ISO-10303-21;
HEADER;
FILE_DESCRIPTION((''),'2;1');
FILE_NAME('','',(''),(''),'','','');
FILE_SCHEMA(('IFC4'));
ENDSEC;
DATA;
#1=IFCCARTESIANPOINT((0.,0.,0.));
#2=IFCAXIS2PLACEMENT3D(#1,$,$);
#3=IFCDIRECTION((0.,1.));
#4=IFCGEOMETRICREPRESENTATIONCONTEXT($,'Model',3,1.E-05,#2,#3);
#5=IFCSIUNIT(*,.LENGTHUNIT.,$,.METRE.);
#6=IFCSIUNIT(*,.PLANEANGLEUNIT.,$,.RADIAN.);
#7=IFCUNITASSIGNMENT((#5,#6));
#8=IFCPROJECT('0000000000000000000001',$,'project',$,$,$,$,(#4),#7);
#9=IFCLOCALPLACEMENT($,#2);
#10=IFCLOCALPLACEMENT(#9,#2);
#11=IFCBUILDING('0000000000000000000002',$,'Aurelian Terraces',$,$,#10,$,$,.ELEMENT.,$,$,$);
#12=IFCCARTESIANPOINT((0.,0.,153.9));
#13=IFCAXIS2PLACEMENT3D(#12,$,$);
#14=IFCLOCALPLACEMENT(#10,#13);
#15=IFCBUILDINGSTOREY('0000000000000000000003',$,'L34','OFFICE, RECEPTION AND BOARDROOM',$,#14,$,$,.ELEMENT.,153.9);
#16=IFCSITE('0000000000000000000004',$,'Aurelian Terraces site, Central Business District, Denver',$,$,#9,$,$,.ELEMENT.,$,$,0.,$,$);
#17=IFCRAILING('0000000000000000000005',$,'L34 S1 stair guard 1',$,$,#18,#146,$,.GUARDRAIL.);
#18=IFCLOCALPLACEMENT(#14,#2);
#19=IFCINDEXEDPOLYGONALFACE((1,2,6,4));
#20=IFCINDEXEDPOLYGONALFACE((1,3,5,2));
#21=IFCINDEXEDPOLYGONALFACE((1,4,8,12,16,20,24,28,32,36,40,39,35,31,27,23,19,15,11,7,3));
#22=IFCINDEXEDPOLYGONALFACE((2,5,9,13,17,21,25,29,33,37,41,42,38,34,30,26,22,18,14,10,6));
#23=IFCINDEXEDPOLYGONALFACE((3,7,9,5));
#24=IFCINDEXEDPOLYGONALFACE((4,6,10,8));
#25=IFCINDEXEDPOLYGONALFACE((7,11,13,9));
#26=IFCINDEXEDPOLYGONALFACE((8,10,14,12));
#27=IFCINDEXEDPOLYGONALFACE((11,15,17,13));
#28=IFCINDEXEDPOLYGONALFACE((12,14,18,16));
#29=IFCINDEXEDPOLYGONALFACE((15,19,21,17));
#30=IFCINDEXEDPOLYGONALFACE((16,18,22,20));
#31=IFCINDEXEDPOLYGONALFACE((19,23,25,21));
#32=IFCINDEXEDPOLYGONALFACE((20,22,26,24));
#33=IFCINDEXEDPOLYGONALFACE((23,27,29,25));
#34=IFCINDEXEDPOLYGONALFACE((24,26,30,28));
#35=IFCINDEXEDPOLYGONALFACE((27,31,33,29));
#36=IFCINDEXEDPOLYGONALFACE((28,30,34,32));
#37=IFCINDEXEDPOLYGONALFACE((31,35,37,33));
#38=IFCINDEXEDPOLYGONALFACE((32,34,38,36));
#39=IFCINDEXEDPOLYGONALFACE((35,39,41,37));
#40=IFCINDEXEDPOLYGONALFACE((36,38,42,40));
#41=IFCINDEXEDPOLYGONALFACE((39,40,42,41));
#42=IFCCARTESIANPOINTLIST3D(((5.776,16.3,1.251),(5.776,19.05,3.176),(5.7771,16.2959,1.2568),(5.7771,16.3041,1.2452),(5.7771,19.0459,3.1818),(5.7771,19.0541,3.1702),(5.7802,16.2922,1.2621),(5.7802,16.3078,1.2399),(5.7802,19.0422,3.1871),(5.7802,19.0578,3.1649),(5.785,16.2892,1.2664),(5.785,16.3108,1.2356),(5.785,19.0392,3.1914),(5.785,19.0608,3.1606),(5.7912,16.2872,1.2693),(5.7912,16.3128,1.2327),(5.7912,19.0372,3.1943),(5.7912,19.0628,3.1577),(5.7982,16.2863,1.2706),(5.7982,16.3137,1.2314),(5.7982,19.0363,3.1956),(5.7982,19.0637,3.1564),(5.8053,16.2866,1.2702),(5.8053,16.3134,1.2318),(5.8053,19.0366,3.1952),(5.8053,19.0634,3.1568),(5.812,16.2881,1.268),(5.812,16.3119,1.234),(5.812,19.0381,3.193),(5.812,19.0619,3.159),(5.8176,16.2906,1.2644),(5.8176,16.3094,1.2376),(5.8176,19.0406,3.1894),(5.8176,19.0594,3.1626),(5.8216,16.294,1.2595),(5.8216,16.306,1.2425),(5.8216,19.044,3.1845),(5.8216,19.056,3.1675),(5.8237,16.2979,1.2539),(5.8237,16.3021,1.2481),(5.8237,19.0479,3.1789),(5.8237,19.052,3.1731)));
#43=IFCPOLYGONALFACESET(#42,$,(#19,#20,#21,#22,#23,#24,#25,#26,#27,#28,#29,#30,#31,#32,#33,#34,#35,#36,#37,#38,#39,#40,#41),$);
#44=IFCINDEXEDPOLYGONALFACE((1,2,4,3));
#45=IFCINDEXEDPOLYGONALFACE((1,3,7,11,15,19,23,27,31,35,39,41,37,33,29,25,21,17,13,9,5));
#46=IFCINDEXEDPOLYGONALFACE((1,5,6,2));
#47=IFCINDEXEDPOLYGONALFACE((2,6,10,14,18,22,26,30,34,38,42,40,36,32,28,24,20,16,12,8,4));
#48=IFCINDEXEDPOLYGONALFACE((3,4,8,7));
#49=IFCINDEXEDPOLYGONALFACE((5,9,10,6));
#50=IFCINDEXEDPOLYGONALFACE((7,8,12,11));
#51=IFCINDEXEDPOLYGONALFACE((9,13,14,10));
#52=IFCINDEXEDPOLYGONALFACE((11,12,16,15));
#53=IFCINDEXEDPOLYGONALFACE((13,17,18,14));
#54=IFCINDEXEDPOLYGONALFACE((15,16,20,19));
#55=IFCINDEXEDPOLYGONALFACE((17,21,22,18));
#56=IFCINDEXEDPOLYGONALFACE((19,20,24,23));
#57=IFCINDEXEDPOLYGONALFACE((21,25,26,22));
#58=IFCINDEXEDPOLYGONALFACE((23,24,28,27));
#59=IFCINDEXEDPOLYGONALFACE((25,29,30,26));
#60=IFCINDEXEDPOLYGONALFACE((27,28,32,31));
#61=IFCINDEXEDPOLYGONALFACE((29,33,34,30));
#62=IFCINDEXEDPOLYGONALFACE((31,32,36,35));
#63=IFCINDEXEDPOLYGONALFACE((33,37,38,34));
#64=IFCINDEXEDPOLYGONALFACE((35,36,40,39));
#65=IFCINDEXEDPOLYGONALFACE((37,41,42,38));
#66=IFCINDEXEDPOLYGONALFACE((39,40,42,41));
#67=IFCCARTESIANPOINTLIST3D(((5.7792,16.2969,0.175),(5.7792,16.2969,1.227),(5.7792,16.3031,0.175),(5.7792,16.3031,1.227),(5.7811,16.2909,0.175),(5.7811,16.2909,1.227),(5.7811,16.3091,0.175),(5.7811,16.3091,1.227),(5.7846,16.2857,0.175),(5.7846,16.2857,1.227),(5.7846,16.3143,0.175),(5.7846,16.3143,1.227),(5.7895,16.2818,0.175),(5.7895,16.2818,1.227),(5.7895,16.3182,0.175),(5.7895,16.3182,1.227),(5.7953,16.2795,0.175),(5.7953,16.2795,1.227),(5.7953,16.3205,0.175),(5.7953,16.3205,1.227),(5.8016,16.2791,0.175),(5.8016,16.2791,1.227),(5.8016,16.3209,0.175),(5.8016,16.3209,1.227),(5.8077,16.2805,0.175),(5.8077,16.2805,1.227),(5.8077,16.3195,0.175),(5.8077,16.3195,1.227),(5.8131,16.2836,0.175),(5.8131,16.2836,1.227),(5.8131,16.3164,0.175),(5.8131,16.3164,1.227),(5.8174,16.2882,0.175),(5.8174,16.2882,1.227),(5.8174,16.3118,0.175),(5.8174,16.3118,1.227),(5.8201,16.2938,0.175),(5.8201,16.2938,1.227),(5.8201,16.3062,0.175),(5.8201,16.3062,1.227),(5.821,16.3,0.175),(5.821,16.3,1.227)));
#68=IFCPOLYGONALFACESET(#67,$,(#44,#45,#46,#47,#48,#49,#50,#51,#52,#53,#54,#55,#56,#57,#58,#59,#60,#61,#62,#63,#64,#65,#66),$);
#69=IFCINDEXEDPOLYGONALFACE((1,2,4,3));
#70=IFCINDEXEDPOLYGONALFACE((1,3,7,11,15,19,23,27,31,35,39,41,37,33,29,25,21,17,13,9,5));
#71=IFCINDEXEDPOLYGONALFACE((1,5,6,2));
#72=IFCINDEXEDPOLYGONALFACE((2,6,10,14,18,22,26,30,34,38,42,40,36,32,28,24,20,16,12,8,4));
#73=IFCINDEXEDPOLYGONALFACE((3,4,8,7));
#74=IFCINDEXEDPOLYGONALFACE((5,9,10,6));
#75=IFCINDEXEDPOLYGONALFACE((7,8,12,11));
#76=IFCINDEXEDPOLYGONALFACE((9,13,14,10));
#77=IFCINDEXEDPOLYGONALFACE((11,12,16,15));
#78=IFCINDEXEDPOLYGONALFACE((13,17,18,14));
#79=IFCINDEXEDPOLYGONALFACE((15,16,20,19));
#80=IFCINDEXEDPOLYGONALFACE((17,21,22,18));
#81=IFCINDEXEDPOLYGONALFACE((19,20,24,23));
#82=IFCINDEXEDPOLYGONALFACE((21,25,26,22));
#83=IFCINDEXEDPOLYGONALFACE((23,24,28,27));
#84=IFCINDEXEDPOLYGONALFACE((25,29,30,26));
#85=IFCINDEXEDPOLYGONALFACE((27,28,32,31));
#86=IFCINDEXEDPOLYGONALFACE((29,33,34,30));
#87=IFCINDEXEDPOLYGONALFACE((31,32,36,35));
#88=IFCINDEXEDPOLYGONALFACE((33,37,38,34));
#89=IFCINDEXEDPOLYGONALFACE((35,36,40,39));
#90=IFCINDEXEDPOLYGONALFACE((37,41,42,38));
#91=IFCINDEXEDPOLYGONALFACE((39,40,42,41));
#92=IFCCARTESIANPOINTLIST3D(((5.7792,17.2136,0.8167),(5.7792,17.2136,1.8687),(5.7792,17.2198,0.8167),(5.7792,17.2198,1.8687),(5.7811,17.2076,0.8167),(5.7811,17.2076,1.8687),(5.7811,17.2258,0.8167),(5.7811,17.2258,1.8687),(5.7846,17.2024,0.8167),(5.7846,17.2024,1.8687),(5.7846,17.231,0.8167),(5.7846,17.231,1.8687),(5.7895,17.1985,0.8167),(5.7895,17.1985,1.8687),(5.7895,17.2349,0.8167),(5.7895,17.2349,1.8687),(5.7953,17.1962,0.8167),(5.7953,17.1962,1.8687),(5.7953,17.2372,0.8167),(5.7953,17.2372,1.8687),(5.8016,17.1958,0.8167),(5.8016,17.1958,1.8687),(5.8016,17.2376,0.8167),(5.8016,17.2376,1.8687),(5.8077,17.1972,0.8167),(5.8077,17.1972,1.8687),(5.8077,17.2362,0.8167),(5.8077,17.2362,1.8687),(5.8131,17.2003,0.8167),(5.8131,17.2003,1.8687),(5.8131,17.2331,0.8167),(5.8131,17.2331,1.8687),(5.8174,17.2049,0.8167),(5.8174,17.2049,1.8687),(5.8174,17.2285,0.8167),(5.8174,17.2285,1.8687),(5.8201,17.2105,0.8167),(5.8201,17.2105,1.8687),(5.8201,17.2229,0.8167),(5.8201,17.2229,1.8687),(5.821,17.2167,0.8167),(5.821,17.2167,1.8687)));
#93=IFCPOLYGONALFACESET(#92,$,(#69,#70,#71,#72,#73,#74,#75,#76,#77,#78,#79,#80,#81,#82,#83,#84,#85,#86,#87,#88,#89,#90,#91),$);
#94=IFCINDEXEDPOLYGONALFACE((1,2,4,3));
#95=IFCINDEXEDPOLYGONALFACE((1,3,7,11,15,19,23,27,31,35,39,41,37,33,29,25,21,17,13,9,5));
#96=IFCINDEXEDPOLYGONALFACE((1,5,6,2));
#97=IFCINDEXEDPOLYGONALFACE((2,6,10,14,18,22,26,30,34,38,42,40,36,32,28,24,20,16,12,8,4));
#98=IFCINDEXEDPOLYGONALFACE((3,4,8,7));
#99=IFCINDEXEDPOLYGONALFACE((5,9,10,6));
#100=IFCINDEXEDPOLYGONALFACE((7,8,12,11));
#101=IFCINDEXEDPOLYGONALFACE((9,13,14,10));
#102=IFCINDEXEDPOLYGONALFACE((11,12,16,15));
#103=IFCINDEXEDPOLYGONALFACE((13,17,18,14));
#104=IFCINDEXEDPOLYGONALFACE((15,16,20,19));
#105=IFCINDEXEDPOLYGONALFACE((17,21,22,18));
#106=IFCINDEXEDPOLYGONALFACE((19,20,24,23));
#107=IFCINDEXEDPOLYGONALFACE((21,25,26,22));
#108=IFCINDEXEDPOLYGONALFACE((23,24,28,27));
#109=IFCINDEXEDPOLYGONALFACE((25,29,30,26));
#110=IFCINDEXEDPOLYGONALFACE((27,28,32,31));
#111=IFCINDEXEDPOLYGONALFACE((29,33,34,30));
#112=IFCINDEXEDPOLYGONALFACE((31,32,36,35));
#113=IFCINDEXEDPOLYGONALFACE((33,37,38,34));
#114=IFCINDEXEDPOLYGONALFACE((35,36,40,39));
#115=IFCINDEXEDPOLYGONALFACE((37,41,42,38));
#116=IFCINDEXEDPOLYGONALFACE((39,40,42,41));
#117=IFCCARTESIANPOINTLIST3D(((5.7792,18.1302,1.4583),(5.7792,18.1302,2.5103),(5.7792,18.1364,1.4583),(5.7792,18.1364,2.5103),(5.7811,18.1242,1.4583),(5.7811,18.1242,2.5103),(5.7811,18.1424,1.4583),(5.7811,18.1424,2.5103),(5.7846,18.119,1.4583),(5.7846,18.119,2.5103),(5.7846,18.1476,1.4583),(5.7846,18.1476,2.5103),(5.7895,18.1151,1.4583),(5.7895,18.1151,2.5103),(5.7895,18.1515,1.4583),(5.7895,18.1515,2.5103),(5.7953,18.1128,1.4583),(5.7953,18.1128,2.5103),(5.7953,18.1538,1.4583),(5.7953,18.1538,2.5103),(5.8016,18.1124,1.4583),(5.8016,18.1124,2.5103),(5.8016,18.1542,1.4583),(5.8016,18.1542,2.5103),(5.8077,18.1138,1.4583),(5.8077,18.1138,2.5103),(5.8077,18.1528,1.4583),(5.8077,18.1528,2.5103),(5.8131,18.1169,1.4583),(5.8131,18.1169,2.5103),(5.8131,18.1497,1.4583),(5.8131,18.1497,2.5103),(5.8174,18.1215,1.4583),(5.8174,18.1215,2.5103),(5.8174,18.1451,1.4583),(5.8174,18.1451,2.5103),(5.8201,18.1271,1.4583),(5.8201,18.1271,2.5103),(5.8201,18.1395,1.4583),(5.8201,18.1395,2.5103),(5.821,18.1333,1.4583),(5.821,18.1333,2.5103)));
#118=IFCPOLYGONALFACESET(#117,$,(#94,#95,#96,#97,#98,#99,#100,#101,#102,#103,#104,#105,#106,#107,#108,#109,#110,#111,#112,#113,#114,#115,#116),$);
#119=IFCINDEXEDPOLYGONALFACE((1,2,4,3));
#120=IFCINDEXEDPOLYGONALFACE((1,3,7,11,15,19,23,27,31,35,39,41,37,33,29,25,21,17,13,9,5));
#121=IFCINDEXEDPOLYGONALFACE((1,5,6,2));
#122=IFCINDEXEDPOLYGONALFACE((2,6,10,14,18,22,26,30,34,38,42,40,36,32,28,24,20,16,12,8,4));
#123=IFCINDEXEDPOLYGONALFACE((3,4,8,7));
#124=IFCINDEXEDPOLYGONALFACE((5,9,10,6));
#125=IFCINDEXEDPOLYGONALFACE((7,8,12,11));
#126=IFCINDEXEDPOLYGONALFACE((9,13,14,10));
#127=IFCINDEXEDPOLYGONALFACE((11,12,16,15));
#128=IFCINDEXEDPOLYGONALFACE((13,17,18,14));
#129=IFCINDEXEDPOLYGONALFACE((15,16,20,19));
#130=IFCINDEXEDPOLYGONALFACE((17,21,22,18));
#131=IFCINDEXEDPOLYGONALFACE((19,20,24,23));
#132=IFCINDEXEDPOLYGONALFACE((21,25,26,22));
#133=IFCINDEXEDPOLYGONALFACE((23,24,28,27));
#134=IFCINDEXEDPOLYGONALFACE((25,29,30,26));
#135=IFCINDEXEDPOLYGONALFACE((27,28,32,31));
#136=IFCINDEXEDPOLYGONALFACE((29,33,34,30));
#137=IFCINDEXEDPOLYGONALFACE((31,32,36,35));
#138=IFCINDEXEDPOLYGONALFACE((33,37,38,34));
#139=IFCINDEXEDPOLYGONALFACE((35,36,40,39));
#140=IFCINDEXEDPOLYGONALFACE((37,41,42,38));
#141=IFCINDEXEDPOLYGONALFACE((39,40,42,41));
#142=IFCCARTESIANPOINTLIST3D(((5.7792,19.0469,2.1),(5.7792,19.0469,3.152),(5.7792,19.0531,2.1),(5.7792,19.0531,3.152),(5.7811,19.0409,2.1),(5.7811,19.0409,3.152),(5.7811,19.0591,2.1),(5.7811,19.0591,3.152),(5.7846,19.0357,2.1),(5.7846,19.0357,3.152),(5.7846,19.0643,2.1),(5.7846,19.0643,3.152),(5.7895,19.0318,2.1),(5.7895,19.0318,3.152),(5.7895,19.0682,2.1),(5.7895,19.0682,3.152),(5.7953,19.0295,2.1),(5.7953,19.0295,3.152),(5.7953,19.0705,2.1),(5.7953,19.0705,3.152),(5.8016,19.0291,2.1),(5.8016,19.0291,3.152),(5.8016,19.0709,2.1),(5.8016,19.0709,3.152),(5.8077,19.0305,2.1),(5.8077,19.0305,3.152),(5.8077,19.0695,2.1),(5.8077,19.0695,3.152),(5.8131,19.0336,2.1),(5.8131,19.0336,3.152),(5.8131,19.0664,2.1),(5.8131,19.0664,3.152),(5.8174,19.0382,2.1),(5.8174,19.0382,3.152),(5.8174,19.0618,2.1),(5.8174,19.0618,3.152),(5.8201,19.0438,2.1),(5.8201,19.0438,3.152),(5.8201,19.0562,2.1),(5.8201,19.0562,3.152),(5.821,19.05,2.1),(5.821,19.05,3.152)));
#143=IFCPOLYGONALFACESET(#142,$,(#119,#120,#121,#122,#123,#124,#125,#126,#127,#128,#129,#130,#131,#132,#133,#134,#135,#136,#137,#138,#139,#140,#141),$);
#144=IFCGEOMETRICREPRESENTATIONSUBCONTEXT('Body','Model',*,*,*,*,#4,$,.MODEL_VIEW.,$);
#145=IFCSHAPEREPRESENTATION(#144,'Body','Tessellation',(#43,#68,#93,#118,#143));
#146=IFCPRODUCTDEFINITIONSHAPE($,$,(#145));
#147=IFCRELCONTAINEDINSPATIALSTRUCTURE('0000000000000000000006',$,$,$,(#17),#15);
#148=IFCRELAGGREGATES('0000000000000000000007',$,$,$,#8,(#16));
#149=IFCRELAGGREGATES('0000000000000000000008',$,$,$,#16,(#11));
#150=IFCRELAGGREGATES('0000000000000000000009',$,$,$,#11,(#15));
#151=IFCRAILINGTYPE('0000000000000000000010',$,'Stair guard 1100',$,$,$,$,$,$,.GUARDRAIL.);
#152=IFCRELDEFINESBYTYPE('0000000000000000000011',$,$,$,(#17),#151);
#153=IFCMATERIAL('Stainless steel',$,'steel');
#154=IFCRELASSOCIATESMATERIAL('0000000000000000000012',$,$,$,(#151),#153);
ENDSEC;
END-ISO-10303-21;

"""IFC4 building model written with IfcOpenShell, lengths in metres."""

from ifc_helpers import new_model, si_unit, direction, frame, origin, origin_2d, place, context, subcontext, project, spatial, circle, extrude, source, transform, mapped, material, type_object, element, save


model = new_model("IFC4")

# Units and contexts
model_context = context("Model", 3, precision=1e-05, world=origin(), true_north=direction((0.0, 1.0)))
body_context = subcontext(model_context, "Body", "Model", "MODEL_VIEW")
ifc_project = project(units=[si_unit("LENGTHUNIT", "METRE"), si_unit("PLANEANGLEUNIT", "RADIAN")], contexts=[model_context])

# Site, building, storey
site_placement = place(None, origin())
site = spatial("IfcSite", under=ifc_project, at=site_placement, Name="Aurelian Terraces site, Central Business District, Denver", CompositionType="ELEMENT", RefElevation=0.0)
building_placement = place(site_placement, origin())
building = spatial("IfcBuilding", under=site, at=building_placement, Name="Aurelian Terraces", CompositionType="ELEMENT")
storey_placement = place(building_placement, frame((0.0, 0.0, 153.9)))
storey = spatial("IfcBuildingStorey", under=building, at=storey_placement, Name="L34", Description="OFFICE, RECEPTION AND BOARDROOM", CompositionType="ELEMENT", Elevation=153.9)

# Shared definitions
ifc_material_1 = material(Name="Stainless steel", Category="steel")

# Railing
railing_type_1 = type_object("IfcRailingType", Name="Stair guard 1100", PredefinedType="GUARDRAIL", material=ifc_material_1)
shared_shape_1 = source(origin(), body_context, "Body", "SweptSolid", [
    extrude(circle(Radius=0.024, at=origin_2d()), frame((0.0, 0.0, 1.076), z_axis=(0.0, 0.819232, 0.573462), x_axis=(-1.0, 0.0, 0.0)), (0.0, 0.0, 1.0), 3.3568),
    extrude(circle(Radius=0.021, at=origin_2d()), origin(), (0.0, 0.0, 1.0), 1.052),
    extrude(circle(Radius=0.021, at=origin_2d()), frame((0.0, 0.9167, 0.6417)), (0.0, 0.0, 1.0), 1.052),
    extrude(circle(Radius=0.021, at=origin_2d()), frame((0.0, 1.8333, 1.2833)), (0.0, 0.0, 1.0), 1.052),
    extrude(circle(Radius=0.021, at=origin_2d()), frame((0.0, 2.75, 1.925)), (0.0, 0.0, 1.0), 1.052),
])
railing_1_placement = place(storey_placement, frame((5.8, 16.3, 0.175)))
element("IfcRailing", 1, at=railing_1_placement, inside=storey, type_object=railing_type_1, Name="L34 S1 stair guard 1", PredefinedType="GUARDRAIL", context=body_context, shape_type="MappedRepresentation", body=[
    mapped(shared_shape_1, transform((0.0, 0.0, 0.0), scale=1.0)),
])

save(model, "model.ifc")
